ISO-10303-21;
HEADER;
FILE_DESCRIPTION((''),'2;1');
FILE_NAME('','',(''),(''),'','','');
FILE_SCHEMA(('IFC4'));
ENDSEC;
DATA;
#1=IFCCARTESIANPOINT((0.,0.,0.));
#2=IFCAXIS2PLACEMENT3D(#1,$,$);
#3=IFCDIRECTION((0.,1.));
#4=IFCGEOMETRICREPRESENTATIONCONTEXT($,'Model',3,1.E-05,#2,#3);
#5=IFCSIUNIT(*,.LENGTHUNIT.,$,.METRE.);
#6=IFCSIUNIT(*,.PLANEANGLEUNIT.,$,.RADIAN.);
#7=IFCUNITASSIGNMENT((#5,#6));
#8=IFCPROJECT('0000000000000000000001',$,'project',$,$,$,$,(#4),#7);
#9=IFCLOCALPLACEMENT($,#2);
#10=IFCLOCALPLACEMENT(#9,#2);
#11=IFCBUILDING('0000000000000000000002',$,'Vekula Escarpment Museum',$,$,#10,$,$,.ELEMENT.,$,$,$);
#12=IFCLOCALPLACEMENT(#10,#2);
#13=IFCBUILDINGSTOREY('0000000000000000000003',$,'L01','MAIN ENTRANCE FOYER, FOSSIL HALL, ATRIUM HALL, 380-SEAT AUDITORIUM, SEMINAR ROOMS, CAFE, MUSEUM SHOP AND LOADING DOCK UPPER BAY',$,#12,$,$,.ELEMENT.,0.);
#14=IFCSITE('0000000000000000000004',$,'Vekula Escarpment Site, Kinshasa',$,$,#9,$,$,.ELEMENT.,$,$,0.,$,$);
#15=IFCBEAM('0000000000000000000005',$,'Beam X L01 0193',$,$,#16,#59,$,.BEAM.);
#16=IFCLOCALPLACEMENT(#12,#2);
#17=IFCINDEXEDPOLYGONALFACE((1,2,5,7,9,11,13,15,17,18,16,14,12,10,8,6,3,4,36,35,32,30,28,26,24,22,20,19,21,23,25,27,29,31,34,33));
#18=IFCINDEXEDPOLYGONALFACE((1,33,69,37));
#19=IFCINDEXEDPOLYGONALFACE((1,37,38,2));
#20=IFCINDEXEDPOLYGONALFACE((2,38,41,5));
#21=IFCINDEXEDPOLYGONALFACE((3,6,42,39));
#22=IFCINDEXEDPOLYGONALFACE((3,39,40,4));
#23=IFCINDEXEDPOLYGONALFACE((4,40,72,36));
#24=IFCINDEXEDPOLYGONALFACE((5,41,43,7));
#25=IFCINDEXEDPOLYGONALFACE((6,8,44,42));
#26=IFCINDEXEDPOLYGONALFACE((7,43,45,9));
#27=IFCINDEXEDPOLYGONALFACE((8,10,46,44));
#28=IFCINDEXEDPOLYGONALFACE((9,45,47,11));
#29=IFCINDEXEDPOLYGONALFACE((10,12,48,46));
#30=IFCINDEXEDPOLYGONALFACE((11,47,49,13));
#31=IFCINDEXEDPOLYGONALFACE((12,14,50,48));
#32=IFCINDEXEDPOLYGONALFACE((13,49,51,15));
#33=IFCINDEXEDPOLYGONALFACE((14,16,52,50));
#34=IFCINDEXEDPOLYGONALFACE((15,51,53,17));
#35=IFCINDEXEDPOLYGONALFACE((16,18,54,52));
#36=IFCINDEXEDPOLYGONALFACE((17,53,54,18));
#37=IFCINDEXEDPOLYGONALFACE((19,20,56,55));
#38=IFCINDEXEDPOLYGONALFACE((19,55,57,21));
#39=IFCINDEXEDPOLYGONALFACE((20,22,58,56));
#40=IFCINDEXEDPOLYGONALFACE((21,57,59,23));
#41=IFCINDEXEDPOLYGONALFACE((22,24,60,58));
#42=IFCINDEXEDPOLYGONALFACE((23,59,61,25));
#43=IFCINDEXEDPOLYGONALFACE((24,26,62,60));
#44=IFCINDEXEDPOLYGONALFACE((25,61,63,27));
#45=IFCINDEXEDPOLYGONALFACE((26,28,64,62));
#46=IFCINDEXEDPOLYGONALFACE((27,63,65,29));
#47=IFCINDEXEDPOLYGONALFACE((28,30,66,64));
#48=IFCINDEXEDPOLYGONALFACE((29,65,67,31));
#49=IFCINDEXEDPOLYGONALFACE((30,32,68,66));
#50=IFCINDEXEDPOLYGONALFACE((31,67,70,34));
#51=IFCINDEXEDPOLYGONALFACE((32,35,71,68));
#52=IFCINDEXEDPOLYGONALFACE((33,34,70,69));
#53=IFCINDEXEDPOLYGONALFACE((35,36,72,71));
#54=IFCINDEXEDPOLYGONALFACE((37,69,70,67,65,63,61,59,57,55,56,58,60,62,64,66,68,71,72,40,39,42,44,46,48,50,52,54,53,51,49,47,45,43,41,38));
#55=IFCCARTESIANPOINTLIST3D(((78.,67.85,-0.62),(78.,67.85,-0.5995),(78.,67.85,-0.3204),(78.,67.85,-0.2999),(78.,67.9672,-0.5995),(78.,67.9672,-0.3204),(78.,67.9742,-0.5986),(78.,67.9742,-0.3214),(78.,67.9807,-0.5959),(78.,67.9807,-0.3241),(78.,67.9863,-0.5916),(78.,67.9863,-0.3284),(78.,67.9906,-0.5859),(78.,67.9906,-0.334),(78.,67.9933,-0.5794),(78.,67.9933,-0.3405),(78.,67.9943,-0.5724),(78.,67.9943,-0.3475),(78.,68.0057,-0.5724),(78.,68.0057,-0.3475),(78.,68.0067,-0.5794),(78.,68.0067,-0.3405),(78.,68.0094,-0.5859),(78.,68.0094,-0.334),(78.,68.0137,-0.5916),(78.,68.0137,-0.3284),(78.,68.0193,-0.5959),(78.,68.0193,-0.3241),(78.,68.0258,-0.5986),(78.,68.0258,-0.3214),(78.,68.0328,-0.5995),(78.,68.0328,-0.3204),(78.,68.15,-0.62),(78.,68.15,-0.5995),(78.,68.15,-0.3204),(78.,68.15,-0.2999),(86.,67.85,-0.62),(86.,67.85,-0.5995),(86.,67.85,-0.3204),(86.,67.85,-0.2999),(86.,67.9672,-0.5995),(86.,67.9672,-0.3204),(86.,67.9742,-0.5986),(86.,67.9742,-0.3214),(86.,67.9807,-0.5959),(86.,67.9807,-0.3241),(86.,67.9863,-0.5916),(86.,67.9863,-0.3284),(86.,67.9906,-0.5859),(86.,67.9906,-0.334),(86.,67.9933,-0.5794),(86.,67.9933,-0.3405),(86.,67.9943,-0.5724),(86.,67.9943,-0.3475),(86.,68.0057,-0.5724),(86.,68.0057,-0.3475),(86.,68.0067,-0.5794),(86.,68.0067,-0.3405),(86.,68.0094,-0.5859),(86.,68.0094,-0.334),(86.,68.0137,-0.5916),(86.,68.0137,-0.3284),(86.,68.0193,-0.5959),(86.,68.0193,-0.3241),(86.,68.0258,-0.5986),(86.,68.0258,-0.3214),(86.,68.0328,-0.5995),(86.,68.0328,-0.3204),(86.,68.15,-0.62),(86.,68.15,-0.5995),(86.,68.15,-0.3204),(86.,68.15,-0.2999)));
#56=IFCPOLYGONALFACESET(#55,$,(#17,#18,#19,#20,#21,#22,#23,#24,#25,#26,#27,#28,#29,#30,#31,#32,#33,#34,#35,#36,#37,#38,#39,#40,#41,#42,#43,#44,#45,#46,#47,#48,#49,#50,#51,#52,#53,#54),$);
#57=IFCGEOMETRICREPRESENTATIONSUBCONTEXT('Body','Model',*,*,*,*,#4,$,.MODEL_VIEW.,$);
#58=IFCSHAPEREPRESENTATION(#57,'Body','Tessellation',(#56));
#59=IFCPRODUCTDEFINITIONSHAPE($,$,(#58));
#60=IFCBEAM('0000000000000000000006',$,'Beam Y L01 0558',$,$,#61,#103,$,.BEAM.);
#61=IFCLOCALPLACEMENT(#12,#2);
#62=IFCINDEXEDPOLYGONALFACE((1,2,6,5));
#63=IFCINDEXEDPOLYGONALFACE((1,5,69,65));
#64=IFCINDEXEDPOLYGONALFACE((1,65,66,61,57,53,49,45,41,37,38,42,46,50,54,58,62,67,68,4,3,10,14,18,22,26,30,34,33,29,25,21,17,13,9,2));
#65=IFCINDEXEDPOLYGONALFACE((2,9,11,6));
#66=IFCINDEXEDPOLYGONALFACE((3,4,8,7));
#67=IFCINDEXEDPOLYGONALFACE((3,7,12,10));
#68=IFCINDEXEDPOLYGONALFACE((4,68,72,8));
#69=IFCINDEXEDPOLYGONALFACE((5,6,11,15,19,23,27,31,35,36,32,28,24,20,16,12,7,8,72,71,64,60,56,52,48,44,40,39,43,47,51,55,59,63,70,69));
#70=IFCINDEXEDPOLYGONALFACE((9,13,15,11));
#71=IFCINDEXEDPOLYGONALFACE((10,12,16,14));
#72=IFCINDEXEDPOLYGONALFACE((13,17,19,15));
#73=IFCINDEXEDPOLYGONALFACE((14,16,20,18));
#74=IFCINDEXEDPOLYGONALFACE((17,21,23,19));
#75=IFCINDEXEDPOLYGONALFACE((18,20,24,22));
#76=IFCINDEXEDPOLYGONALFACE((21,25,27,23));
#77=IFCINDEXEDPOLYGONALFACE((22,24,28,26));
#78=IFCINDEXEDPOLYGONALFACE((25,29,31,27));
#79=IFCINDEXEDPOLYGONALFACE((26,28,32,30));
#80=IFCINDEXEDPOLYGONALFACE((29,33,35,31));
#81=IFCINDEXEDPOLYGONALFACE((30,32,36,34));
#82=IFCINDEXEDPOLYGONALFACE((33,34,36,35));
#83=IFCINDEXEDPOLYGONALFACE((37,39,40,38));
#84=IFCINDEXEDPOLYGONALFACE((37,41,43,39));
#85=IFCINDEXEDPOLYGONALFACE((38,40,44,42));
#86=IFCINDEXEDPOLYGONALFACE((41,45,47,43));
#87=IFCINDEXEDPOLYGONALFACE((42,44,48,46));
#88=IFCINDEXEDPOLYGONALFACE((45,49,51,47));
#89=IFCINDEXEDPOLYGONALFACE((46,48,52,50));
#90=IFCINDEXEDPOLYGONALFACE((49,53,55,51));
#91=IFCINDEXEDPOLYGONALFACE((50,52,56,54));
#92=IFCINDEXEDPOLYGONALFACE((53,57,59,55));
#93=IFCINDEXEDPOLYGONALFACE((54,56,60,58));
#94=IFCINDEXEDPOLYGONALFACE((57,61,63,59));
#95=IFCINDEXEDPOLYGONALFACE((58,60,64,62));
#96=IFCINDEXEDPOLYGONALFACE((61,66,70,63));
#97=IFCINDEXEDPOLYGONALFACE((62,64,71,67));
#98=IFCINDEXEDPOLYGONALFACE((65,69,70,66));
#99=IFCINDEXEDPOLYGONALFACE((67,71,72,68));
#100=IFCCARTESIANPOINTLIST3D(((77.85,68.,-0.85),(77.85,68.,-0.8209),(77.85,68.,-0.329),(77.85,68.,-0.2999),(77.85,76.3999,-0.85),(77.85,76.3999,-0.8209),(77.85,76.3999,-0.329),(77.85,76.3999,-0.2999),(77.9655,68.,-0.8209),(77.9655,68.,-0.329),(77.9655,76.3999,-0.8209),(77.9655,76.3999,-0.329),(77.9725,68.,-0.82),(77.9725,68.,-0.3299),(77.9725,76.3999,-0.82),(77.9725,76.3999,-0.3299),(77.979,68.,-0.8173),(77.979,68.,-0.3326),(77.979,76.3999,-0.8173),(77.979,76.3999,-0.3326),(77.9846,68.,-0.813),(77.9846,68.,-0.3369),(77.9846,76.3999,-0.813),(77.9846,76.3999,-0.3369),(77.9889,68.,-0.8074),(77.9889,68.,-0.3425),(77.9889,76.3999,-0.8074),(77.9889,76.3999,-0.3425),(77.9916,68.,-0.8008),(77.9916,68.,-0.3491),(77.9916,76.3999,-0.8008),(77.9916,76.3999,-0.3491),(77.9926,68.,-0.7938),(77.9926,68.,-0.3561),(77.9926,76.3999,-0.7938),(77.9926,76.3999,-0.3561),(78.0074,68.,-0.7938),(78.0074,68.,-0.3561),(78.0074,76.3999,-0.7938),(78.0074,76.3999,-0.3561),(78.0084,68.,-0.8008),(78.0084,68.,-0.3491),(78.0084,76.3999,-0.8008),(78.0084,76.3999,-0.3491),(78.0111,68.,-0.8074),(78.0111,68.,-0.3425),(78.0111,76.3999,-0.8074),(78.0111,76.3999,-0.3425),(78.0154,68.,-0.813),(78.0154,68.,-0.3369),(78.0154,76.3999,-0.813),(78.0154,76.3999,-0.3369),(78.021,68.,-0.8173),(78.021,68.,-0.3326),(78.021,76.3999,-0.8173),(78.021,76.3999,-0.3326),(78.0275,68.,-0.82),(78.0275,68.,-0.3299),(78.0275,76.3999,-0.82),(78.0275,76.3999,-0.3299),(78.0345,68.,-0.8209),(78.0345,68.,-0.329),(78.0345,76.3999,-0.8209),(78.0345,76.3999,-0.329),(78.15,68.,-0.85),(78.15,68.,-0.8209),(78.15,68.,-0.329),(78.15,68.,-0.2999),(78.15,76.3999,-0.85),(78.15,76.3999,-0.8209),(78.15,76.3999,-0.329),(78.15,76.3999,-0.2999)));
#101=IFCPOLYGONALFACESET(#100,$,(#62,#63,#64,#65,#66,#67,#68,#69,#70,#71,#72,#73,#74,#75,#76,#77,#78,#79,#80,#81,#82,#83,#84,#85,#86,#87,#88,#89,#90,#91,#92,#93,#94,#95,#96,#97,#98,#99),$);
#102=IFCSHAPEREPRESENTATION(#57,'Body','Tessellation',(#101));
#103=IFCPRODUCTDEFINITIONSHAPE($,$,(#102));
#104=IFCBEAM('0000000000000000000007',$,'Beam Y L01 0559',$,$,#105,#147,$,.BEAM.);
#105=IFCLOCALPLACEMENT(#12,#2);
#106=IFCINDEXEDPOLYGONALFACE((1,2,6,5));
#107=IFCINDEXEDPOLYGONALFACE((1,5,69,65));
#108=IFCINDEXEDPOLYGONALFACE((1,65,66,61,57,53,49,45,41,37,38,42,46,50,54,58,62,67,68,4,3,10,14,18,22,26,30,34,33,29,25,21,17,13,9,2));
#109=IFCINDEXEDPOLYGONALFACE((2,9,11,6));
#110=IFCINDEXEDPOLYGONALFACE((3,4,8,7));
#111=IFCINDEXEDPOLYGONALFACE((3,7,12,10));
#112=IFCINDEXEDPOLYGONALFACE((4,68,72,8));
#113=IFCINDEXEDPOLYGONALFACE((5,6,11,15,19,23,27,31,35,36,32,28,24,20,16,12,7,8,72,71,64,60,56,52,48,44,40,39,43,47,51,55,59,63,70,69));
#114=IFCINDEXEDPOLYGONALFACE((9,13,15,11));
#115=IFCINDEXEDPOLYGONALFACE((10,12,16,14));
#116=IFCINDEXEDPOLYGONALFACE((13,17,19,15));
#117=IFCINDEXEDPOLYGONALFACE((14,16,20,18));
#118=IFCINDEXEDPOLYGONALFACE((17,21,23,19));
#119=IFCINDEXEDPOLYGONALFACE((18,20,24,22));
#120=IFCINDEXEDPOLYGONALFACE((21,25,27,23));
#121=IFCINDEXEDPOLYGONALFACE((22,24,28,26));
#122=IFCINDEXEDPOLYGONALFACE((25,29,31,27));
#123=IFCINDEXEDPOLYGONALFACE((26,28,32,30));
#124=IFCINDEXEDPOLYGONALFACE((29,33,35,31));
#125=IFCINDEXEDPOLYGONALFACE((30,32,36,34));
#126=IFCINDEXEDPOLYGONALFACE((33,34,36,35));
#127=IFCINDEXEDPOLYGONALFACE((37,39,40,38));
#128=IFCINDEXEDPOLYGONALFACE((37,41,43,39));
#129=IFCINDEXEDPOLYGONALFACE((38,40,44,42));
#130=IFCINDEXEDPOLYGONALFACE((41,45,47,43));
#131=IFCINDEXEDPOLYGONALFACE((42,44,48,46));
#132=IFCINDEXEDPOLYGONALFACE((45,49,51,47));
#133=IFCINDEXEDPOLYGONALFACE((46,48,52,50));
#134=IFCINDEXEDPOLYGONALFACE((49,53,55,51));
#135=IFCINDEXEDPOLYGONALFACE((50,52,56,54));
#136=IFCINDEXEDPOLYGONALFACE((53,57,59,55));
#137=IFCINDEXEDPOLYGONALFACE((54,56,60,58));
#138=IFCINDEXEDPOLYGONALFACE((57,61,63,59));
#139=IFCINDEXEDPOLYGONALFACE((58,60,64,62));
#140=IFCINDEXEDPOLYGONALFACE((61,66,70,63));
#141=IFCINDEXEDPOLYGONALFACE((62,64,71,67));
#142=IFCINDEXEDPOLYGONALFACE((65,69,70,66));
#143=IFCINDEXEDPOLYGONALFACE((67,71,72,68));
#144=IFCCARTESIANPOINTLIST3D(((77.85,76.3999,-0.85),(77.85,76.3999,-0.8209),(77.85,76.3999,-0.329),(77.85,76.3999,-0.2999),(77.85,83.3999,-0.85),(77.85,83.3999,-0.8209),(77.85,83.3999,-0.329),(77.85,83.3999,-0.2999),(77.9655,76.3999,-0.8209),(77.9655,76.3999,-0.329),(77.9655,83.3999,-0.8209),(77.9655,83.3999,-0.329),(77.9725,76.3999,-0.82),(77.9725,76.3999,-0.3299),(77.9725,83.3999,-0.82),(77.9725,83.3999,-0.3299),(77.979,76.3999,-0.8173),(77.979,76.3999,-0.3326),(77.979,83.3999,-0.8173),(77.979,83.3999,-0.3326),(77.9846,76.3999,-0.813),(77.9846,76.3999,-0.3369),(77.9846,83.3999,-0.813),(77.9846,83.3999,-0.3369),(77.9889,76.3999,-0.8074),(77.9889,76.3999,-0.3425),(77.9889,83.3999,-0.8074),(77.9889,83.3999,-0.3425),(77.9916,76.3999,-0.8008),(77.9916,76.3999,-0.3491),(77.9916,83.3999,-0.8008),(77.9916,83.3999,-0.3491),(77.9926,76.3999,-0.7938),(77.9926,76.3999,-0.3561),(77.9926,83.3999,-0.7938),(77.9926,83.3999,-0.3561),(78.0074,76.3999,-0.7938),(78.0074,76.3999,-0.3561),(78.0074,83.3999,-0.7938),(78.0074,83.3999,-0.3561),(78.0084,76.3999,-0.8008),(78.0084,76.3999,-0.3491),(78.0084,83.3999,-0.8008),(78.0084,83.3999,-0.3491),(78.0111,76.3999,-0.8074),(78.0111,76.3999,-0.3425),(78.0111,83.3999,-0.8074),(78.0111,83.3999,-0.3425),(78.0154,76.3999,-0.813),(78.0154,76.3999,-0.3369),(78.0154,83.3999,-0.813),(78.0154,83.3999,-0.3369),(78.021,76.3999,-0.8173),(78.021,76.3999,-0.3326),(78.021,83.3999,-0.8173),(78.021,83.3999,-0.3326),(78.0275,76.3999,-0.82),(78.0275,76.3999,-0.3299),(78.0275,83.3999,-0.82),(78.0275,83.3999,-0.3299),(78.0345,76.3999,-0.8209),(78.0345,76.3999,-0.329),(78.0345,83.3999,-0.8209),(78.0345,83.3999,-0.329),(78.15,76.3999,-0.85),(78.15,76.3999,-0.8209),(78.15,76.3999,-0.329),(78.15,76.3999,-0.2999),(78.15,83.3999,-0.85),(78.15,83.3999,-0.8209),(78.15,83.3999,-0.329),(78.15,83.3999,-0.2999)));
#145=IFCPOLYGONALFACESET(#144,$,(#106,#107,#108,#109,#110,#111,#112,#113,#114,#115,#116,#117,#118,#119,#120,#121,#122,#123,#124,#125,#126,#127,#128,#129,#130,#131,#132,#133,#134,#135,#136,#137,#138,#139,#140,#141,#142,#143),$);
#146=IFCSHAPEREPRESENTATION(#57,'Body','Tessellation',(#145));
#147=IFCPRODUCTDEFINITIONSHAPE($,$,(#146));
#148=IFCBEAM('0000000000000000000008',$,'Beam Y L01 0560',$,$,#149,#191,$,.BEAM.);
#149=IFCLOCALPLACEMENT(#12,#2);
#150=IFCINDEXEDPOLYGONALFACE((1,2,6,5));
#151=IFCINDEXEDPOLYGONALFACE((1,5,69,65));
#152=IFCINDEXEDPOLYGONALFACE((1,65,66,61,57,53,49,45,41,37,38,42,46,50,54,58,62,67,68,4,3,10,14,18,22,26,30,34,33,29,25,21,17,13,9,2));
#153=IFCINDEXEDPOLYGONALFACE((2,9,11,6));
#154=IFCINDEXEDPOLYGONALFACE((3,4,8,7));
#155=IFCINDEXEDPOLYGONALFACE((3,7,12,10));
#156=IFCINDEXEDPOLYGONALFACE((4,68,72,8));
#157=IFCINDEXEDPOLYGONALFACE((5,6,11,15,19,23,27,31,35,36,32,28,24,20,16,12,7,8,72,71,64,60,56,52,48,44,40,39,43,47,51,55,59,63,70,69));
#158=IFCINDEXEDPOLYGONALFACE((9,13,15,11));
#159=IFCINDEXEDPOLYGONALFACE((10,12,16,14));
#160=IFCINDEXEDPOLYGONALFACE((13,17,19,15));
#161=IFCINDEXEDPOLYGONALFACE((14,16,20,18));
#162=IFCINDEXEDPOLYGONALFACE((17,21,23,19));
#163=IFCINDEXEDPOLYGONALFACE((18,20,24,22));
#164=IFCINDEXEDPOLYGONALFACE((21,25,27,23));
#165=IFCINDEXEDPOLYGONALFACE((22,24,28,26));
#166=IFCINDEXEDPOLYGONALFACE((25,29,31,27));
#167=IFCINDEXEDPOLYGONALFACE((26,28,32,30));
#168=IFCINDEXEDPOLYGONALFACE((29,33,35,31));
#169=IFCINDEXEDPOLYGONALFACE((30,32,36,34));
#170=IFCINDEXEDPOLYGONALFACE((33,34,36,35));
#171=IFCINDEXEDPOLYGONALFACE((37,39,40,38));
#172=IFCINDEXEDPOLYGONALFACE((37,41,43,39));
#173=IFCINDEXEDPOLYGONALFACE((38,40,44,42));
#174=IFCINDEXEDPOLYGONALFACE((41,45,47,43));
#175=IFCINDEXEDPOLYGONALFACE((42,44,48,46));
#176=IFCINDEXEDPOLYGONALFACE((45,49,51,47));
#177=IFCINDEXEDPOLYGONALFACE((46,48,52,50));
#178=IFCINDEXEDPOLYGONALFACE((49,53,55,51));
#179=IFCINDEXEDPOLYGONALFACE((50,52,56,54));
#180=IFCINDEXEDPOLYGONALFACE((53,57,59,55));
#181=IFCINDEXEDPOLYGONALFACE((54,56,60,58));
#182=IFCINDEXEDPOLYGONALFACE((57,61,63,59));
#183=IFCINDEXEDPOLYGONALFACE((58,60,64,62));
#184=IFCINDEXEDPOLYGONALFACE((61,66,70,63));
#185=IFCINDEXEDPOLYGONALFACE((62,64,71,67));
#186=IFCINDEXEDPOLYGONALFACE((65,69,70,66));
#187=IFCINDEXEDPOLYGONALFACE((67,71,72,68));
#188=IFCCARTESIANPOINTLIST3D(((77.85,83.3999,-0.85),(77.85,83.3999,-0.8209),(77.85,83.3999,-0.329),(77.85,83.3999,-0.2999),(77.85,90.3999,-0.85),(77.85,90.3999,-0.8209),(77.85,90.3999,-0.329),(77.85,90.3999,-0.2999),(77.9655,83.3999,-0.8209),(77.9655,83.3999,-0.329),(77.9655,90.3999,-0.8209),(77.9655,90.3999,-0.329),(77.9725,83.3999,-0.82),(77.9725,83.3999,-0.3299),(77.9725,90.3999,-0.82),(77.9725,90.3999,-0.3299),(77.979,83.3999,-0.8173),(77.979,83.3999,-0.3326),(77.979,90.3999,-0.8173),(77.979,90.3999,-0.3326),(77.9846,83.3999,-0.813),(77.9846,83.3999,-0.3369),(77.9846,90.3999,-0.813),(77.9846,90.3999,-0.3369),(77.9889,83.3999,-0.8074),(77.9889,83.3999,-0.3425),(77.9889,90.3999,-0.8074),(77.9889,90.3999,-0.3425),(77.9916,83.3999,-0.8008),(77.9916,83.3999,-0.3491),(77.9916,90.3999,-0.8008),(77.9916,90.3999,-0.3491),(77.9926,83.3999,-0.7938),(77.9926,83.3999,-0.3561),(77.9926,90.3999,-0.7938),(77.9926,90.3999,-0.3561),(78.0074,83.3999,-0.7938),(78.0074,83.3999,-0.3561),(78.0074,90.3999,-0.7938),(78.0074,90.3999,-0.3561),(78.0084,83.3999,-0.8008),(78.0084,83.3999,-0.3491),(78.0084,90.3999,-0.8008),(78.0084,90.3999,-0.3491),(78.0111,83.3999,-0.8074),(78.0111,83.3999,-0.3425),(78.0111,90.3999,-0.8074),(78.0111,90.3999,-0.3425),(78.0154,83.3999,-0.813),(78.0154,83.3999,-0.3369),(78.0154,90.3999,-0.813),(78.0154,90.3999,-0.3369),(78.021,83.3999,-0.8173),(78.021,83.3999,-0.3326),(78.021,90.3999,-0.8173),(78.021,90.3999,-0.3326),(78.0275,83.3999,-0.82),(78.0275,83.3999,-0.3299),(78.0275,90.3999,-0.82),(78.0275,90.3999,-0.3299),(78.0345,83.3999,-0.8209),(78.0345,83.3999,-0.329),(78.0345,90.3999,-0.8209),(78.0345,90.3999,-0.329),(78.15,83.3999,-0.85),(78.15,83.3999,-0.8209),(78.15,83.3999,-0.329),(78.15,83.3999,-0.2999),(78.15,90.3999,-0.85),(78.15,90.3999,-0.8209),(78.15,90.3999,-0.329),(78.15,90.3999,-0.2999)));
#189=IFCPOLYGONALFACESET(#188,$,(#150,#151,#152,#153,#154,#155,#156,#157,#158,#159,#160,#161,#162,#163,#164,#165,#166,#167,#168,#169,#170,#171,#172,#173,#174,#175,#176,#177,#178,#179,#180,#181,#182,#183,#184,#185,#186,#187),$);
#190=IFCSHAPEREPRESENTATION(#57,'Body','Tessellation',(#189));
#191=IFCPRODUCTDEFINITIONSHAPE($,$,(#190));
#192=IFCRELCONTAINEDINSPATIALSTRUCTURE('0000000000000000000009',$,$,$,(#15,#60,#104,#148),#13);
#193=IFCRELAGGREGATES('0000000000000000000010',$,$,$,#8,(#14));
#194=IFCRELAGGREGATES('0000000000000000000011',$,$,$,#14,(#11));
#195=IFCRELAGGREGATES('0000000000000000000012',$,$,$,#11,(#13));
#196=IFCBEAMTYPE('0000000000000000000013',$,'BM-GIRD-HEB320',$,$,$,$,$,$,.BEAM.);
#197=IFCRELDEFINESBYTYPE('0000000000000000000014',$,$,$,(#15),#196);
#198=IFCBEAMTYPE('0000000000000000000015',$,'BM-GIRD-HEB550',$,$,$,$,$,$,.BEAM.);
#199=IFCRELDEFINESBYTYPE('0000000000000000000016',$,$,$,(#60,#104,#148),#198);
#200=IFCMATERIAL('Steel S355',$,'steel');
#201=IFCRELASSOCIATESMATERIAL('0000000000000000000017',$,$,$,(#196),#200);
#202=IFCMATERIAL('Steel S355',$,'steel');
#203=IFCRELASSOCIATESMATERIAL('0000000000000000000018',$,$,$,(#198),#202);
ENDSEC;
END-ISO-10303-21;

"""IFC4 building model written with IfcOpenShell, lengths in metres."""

from ifc_helpers import new_model, si_unit, direction, frame, origin, origin_2d, place, context, subcontext, project, spatial, i_section, extrude, material, material_profile, profile_set, type_object, element, save


model = new_model("IFC4")

# Units and contexts
model_context = context("Model", 3, precision=1e-05, world=origin(), true_north=direction((0.0, 1.0)))
body_context = subcontext(model_context, "Body", "Model", "MODEL_VIEW")
ifc_project = project(units=[si_unit("LENGTHUNIT", "METRE"), si_unit("PLANEANGLEUNIT", "RADIAN")], contexts=[model_context])

# Site, building, storey
site_placement = place(None, origin())
site = spatial("IfcSite", under=ifc_project, at=site_placement, Name="Vekula Escarpment Site, Kinshasa", CompositionType="ELEMENT", RefElevation=0.0)
building_placement = place(site_placement, origin())
building = spatial("IfcBuilding", under=site, at=building_placement, Name="Vekula Escarpment Museum", CompositionType="ELEMENT")
storey_placement = place(building_placement, origin())
storey = spatial("IfcBuildingStorey", under=building, at=storey_placement, Name="L01", Description="MAIN ENTRANCE FOYER, FOSSIL HALL, ATRIUM HALL, 380-SEAT AUDITORIUM, SEMINAR ROOMS, CAFE, MUSEUM SHOP AND LOADING DOCK UPPER BAY", CompositionType="ELEMENT", Elevation=0.0)

# Beams
ifc_material_1 = material(Name="Steel S355", Category="steel")
ifc_material_profile_1 = material_profile(ifc_material_1, i_section(OverallWidth=0.3, OverallDepth=0.3201, WebThickness=0.0115, FlangeThickness=0.0205, FilletRadius=0.0271, at=origin_2d()), Name="HEB 320")
ifc_profile_set_1 = profile_set([ifc_material_profile_1], Name="Steel S355")
beam_type_1 = type_object("IfcBeamType", Name="BM-GIRD-HEB320", PredefinedType="BEAM", material=ifc_profile_set_1)
beam_1_placement = place(storey_placement, frame((78.0, 68.0, -0.46), z_axis=(1.0, 0.0, 0.0), x_axis=(0.0, 1.0, 0.0)))
element("IfcBeam", 1, at=beam_1_placement, inside=storey, type_object=beam_type_1, Name="Beam X L01 0193", PredefinedType="BEAM", context=body_context, shape_type="SweptSolid", body=[
    extrude(i_section(OverallWidth=0.3, OverallDepth=0.3201, WebThickness=0.0115, FlangeThickness=0.0205, FilletRadius=0.0271, at=origin_2d()), origin(), (0.0, 0.0, 1.0), 8.0),
])
ifc_material_2 = material(Name="Steel S355", Category="steel")
ifc_material_profile_2 = material_profile(ifc_material_2, i_section(OverallWidth=0.3, OverallDepth=0.55, WebThickness=0.0149, FlangeThickness=0.0291, FilletRadius=0.0271, at=origin_2d()), Name="HEB 550")
ifc_profile_set_2 = profile_set([ifc_material_profile_2], Name="Steel S355")
beam_type_2 = type_object("IfcBeamType", Name="BM-GIRD-HEB550", PredefinedType="BEAM", material=ifc_profile_set_2)
beam_2_placement = place(storey_placement, frame((78.0, 68.0, -0.575), z_axis=(0.0, 1.0, 0.0), x_axis=(-1.0, 0.0, 0.0)))
element("IfcBeam", 2, at=beam_2_placement, inside=storey, type_object=beam_type_2, Name="Beam Y L01 0558", PredefinedType="BEAM", context=body_context, shape_type="SweptSolid", body=[
    extrude(i_section(OverallWidth=0.3, OverallDepth=0.55, WebThickness=0.0149, FlangeThickness=0.0291, FilletRadius=0.0271, at=origin_2d()), origin(), (0.0, 0.0, 1.0), 8.3999),
])
for number, where, z_axis, x_axis, name in (
    (3, (78.0, 76.3999, -0.575), (0.0, 1.0, 0.0), (-1.0, 0.0, 0.0), "Beam Y L01 0559"),
    (4, (78.0, 83.3999, -0.575), (0.0, 1.0, 0.0), (-1.0, 0.0, 0.0), "Beam Y L01 0560"),
):
    element("IfcBeam", number, at=place(storey_placement, frame(where, z_axis=z_axis, x_axis=x_axis)), inside=storey, type_object=beam_type_2, Name=name, PredefinedType="BEAM", context=body_context, shape_type="SweptSolid", body=[
        extrude(i_section(OverallWidth=0.3, OverallDepth=0.55, WebThickness=0.0149, FlangeThickness=0.0291, FilletRadius=0.0271, at=origin_2d()), origin(), (0.0, 0.0, 1.0), 7.0),
    ])

save(model, "model.ifc")
